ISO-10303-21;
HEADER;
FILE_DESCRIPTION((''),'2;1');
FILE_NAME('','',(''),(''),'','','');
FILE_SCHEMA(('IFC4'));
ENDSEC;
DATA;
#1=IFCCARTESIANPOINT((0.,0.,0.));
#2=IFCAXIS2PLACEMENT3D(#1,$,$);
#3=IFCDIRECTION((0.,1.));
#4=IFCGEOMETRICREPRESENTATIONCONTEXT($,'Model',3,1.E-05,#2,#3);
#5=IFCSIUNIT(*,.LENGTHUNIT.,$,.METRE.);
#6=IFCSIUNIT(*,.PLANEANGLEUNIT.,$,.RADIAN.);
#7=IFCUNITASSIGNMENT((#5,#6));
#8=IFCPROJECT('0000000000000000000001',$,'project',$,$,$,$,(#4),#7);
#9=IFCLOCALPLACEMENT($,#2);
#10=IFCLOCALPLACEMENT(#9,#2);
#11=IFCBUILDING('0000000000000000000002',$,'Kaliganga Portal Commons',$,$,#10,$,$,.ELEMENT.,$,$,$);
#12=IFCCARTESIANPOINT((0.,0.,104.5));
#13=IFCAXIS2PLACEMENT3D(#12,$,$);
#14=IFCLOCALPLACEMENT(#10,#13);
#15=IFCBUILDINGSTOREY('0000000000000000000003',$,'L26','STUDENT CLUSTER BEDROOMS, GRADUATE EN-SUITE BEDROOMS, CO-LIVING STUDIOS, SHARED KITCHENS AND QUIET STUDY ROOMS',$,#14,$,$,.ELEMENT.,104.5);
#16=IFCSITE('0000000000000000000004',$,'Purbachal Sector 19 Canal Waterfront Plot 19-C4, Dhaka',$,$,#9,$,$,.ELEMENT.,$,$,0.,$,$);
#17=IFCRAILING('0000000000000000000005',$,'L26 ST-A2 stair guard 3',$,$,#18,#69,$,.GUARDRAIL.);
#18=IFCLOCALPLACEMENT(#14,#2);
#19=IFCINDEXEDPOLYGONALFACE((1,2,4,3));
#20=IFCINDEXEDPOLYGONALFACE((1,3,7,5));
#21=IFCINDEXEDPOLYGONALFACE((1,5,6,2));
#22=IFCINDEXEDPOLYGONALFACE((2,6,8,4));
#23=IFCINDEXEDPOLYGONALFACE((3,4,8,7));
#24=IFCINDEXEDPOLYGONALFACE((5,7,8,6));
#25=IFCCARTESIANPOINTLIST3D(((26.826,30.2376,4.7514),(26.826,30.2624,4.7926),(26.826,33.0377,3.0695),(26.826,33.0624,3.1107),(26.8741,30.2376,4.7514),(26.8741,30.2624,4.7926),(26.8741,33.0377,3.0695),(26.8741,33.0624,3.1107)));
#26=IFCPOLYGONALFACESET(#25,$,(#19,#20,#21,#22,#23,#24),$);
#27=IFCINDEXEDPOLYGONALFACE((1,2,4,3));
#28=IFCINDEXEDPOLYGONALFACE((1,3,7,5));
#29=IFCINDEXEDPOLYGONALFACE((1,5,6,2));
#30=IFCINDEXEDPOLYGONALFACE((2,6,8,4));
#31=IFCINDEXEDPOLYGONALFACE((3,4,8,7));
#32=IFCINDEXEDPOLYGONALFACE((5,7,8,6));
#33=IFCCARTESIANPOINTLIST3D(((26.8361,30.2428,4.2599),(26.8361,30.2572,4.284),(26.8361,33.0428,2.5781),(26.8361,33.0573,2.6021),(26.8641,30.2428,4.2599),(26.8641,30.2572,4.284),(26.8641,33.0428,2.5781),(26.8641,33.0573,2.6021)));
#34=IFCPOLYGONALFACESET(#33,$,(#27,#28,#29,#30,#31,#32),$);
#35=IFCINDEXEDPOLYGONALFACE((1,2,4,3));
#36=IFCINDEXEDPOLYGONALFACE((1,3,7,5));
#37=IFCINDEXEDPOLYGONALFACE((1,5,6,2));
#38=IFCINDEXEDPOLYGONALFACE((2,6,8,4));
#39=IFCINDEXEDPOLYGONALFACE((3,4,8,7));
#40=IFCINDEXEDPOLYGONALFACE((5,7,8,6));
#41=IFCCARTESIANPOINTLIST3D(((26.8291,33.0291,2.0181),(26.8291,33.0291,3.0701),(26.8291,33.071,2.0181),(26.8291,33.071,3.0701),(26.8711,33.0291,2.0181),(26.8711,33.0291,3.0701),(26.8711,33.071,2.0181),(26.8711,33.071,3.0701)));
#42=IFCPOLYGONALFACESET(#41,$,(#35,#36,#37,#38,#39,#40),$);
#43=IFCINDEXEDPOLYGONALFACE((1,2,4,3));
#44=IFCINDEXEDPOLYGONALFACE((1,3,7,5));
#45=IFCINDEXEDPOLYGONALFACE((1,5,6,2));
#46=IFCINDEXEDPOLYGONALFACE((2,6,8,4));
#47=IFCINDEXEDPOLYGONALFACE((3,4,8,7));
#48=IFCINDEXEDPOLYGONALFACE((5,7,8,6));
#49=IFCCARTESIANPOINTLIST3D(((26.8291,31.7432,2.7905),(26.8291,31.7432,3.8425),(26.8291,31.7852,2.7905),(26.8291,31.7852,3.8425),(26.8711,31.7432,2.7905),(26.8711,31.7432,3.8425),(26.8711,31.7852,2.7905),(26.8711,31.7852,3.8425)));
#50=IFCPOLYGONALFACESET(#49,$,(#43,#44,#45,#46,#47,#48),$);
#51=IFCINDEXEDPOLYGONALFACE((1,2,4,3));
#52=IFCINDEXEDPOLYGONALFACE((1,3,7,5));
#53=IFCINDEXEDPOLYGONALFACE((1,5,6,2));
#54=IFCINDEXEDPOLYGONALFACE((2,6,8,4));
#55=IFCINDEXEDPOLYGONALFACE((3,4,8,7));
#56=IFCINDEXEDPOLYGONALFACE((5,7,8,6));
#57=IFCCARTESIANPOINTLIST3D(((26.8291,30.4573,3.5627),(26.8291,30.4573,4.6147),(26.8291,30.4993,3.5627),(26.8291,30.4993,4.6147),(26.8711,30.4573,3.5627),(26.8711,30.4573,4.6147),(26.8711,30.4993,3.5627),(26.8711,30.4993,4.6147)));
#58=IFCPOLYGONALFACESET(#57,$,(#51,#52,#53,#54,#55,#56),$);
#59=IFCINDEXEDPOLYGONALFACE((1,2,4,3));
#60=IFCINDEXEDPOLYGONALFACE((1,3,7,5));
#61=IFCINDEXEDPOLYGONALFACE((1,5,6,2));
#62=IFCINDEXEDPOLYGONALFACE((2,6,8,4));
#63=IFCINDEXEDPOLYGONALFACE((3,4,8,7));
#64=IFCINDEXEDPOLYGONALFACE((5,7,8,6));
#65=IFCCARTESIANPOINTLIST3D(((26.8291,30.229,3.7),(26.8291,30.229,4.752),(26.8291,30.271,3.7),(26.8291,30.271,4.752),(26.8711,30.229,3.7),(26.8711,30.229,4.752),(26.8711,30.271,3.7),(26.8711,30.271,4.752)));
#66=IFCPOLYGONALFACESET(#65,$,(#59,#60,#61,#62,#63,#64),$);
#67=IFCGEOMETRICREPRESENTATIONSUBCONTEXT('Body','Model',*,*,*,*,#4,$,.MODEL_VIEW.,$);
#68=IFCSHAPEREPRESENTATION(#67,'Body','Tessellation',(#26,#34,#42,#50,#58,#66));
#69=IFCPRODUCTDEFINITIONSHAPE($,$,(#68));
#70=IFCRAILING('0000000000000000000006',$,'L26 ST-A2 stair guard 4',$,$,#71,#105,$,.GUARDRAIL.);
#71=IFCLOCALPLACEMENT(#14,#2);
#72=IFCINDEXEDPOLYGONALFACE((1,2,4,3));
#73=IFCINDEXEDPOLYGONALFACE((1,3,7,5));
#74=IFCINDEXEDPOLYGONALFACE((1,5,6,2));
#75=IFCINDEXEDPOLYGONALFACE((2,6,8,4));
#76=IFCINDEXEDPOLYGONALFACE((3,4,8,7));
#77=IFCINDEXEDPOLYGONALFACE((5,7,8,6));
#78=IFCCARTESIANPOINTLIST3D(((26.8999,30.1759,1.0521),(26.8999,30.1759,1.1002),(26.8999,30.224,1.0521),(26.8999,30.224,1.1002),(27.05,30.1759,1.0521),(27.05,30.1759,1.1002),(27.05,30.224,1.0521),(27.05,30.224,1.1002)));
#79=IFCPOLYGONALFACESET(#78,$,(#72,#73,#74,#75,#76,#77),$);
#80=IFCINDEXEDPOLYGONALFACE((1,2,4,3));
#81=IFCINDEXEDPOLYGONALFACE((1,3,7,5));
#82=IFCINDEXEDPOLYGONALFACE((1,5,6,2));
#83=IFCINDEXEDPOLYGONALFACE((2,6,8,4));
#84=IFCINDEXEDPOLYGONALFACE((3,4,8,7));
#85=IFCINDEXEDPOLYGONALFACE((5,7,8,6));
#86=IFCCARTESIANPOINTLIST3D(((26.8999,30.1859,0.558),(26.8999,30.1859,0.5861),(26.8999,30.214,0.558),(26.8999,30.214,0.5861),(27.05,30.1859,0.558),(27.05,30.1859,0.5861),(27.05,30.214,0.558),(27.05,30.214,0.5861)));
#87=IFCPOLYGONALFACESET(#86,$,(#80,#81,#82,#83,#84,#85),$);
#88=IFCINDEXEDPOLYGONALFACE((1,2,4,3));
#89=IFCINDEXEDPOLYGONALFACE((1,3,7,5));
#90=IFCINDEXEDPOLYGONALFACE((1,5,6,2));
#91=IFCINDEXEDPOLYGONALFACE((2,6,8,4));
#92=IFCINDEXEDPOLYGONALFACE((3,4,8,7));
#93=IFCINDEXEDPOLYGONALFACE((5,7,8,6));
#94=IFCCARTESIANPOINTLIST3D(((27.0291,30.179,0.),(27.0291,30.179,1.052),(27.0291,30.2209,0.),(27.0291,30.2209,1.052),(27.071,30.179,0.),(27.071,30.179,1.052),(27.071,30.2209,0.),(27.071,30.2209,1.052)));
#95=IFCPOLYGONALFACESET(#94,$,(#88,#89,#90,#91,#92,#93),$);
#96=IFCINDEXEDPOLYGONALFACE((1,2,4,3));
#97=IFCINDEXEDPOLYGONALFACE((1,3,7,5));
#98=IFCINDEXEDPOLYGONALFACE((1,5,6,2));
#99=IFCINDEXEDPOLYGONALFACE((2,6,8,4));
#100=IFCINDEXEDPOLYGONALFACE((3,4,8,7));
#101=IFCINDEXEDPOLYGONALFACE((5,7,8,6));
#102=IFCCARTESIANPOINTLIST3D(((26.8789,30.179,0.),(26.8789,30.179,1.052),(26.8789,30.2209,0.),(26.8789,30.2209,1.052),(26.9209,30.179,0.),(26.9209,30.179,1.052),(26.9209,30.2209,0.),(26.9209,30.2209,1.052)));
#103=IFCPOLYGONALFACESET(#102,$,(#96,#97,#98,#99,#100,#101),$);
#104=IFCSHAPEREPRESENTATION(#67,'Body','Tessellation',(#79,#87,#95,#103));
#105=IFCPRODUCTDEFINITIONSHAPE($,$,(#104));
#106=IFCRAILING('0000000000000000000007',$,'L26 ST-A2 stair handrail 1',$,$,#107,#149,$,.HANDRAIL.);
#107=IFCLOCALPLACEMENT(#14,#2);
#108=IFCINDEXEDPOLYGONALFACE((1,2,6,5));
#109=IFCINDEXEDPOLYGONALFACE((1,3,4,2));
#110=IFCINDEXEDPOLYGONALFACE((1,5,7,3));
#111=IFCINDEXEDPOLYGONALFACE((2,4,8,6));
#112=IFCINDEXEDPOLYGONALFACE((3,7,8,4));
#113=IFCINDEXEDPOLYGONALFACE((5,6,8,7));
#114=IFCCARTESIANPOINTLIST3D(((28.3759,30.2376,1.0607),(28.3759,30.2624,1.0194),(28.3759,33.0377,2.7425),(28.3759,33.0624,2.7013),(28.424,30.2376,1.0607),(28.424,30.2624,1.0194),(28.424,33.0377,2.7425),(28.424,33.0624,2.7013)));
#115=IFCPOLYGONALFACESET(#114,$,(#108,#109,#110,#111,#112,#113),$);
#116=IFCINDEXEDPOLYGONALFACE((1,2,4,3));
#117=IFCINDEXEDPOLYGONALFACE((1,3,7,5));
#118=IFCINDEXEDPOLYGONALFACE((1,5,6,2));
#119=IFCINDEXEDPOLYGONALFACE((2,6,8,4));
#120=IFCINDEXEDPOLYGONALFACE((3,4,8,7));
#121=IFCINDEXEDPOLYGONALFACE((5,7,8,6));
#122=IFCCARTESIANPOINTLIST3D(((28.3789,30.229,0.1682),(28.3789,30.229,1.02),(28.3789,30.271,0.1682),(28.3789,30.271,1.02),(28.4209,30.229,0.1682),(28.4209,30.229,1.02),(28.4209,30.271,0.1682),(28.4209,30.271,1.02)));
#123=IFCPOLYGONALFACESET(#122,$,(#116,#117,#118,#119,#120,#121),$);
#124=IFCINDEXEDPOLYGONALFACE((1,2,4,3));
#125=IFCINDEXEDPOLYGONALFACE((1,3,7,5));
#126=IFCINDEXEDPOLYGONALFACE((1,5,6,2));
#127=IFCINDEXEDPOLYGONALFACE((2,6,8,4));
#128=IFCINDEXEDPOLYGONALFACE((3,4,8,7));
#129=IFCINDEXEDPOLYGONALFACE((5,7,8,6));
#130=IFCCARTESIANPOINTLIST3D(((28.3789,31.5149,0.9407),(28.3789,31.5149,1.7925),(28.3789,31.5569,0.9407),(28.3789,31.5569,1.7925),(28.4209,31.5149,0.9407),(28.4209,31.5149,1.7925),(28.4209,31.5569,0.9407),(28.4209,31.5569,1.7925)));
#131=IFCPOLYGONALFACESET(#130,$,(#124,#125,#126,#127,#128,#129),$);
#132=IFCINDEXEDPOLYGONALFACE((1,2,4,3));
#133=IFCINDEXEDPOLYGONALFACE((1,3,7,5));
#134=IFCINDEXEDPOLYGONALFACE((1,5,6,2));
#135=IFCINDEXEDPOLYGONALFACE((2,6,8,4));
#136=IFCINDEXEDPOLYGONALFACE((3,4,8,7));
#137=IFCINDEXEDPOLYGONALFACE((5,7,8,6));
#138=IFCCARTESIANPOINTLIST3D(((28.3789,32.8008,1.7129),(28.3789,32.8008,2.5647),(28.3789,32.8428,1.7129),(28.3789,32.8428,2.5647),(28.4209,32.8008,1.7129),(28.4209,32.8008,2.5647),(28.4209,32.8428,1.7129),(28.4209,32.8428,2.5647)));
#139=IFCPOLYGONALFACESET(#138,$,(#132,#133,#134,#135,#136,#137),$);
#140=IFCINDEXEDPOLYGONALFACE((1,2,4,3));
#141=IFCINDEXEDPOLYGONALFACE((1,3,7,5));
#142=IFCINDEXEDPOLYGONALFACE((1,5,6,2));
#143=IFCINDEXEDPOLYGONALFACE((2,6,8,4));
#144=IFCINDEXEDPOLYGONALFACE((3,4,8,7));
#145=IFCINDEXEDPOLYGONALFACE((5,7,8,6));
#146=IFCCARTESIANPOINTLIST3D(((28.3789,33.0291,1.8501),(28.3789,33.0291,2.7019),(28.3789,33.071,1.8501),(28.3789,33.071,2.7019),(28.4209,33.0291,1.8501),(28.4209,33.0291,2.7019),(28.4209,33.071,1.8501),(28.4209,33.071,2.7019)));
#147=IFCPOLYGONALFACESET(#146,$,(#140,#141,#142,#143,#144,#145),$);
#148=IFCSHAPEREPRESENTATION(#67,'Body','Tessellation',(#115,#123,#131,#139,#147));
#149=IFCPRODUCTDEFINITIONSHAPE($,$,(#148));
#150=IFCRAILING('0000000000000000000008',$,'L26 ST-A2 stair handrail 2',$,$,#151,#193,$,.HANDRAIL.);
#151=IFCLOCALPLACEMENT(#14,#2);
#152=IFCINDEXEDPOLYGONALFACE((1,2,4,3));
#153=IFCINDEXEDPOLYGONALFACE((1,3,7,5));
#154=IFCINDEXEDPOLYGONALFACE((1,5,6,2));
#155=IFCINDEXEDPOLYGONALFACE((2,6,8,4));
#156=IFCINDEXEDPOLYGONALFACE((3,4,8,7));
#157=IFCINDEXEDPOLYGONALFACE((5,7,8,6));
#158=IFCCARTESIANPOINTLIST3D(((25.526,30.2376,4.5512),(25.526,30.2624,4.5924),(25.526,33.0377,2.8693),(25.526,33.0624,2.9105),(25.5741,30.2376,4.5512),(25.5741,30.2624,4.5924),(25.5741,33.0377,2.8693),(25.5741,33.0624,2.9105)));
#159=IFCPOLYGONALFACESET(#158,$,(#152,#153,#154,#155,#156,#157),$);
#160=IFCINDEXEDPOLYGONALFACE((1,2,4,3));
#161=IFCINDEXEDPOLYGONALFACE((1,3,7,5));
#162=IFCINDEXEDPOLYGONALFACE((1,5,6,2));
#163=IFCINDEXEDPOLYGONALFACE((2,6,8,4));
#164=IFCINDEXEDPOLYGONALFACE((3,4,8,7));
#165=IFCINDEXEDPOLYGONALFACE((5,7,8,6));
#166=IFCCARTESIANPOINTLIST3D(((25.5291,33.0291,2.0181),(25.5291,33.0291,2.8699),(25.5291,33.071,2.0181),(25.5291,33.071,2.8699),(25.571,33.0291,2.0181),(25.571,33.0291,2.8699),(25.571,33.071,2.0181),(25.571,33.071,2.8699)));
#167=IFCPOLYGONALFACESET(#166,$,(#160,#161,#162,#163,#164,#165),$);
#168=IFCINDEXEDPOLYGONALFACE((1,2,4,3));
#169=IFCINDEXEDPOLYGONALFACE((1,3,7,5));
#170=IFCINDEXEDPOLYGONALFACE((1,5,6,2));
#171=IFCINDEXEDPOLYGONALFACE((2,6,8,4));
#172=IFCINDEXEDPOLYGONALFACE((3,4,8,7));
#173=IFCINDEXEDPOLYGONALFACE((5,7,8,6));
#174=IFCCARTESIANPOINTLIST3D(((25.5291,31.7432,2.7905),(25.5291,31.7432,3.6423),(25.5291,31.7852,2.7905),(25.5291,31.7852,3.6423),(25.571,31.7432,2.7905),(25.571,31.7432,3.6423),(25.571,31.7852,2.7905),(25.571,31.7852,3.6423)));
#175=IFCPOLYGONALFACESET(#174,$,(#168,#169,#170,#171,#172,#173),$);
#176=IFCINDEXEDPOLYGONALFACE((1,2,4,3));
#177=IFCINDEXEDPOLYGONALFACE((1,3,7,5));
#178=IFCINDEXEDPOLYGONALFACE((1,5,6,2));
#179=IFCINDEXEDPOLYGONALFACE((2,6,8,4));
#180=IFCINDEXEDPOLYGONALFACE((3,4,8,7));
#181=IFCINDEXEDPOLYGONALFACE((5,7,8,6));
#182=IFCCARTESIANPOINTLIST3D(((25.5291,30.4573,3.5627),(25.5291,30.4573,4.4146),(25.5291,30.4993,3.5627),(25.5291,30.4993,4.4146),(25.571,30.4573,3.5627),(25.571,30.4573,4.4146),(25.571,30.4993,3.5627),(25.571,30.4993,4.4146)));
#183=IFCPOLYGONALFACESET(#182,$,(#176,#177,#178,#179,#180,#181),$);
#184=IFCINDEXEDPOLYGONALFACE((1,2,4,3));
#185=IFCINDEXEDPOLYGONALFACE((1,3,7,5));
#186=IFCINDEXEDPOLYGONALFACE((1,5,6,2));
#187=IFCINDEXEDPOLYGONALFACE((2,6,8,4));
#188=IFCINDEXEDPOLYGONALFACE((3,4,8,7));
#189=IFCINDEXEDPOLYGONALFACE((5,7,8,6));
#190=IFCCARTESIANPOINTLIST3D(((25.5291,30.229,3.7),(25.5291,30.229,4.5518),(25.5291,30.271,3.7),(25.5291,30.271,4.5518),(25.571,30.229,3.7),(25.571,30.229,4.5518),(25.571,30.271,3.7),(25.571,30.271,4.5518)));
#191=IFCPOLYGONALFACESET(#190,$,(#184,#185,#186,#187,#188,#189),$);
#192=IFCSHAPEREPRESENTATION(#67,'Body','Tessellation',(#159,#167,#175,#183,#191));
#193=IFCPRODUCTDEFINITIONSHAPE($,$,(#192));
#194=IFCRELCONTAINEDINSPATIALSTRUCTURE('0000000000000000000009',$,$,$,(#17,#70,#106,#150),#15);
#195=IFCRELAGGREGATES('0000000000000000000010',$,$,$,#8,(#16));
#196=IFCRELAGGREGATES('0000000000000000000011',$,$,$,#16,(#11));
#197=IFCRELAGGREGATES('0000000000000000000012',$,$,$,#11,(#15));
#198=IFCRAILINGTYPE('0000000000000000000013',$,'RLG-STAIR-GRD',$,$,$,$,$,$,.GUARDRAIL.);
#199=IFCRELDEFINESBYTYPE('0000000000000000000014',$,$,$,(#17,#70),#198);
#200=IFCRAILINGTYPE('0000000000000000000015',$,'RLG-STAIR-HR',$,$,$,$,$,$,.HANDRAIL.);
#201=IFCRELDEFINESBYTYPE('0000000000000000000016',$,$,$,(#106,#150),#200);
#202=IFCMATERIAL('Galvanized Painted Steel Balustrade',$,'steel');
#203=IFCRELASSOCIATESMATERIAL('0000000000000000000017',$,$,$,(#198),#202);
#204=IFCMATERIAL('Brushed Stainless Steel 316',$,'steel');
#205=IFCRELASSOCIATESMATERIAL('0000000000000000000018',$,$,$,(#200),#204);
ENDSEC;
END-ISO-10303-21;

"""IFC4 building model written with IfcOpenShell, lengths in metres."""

from ifc_helpers import new_model, si_unit, direction, frame, origin, origin_2d, place, context, subcontext, project, spatial, rectangle, extrude, material, type_object, element, save


model = new_model("IFC4")

# Units and contexts
model_context = context("Model", 3, precision=1e-05, world=origin(), true_north=direction((0.0, 1.0)))
body_context = subcontext(model_context, "Body", "Model", "MODEL_VIEW")
ifc_project = project(units=[si_unit("LENGTHUNIT", "METRE"), si_unit("PLANEANGLEUNIT", "RADIAN")], contexts=[model_context])

# Site, building, storey
site_placement = place(None, origin())
site = spatial("IfcSite", under=ifc_project, at=site_placement, Name="Purbachal Sector 19 Canal Waterfront Plot 19-C4, Dhaka", CompositionType="ELEMENT", RefElevation=0.0)
building_placement = place(site_placement, origin())
building = spatial("IfcBuilding", under=site, at=building_placement, Name="Kaliganga Portal Commons", CompositionType="ELEMENT")
storey_placement = place(building_placement, frame((0.0, 0.0, 104.5)))
storey = spatial("IfcBuildingStorey", under=building, at=storey_placement, Name="L26", Description="STUDENT CLUSTER BEDROOMS, GRADUATE EN-SUITE BEDROOMS, CO-LIVING STUDIOS, SHARED KITCHENS AND QUIET STUDY ROOMS", CompositionType="ELEMENT", Elevation=104.5)

# Railings
ifc_material_1 = material(Name="Galvanized Painted Steel Balustrade", Category="steel")
railing_type_1 = type_object("IfcRailingType", Name="RLG-STAIR-GRD", PredefinedType="GUARDRAIL", material=ifc_material_1)
railing_1_placement = place(storey_placement, frame((26.8501, 33.05, 2.0181)))
element("IfcRailing", 1, at=railing_1_placement, inside=storey, type_object=railing_type_1, Name="L26 ST-A2 stair guard 3", PredefinedType="GUARDRAIL", context=body_context, shape_type="SweptSolid", body=[
    extrude(rectangle(XDim=0.0481, YDim=0.0481, at=origin_2d()), frame((0.0, 0.0, 1.072), z_axis=(0.0, -0.857242, 0.514913), x_axis=(1.0, 0.0, 0.0)), (0.0, 0.0, 1.0), 3.2664),
    extrude(rectangle(XDim=0.0281, YDim=0.0281, at=origin_2d()), frame((0.0, 0.0, 0.572), z_axis=(0.0, -0.857242, 0.514913), x_axis=(1.0, 0.0, 0.0)), (0.0, 0.0, 1.0), 3.2664),
    extrude(rectangle(XDim=0.042, YDim=0.042, at=origin_2d()), origin(), (0.0, 0.0, 1.0), 1.052),
    extrude(rectangle(XDim=0.042, YDim=0.042, at=origin_2d()), frame((0.0, -1.2859, 0.7725)), (0.0, 0.0, 1.0), 1.052),
    extrude(rectangle(XDim=0.042, YDim=0.042, at=origin_2d()), frame((0.0, -2.5718, 1.5447)), (0.0, 0.0, 1.0), 1.052),
    extrude(rectangle(XDim=0.042, YDim=0.042, at=origin_2d()), frame((0.0, -2.8, 1.6819)), (0.0, 0.0, 1.0), 1.052),
])
railing_2_placement = place(storey_placement, frame((27.05, 30.2, 0.0)))
element("IfcRailing", 2, at=railing_2_placement, inside=storey, type_object=railing_type_1, Name="L26 ST-A2 stair guard 4", PredefinedType="GUARDRAIL", context=body_context, shape_type="SweptSolid", body=[
    extrude(rectangle(XDim=0.0481, YDim=0.0481, at=origin_2d()), frame((0.0, 0.0, 1.0762), z_axis=(-1.0, 0.0, 0.0), x_axis=(0.0, -1.0, 0.0)), (0.0, 0.0, 1.0), 0.1501),
    extrude(rectangle(XDim=0.0281, YDim=0.0281, at=origin_2d()), frame((0.0, 0.0, 0.572), z_axis=(-1.0, 0.0, 0.0), x_axis=(0.0, -1.0, 0.0)), (0.0, 0.0, 1.0), 0.1501),
    extrude(rectangle(XDim=0.042, YDim=0.042, at=origin_2d()), origin(), (0.0, 0.0, 1.0), 1.052),
    extrude(rectangle(XDim=0.042, YDim=0.042, at=origin_2d()), frame((-0.1501, 0.0, 0.0)), (0.0, 0.0, 1.0), 1.052),
])
ifc_material_2 = material(Name="Brushed Stainless Steel 316", Category="steel")
railing_type_2 = type_object("IfcRailingType", Name="RLG-STAIR-HR", PredefinedType="HANDRAIL", material=ifc_material_2)
railing_3_placement = place(storey_placement, frame((28.3999, 30.25, 0.1682)))
element("IfcRailing", 3, at=railing_3_placement, inside=storey, type_object=railing_type_2, Name="L26 ST-A2 stair handrail 1", PredefinedType="HANDRAIL", context=body_context, shape_type="SweptSolid", body=[
    extrude(rectangle(XDim=0.0481, YDim=0.0481, at=origin_2d()), frame((0.0, 0.0, 0.8718), z_axis=(0.0, 0.857242, 0.514913), x_axis=(-1.0, 0.0, 0.0)), (0.0, 0.0, 1.0), 3.2664),
    extrude(rectangle(XDim=0.042, YDim=0.042, at=origin_2d()), origin(), (0.0, 0.0, 1.0), 0.8518),
    extrude(rectangle(XDim=0.042, YDim=0.042, at=origin_2d()), frame((0.0, 1.2859, 0.7725)), (0.0, 0.0, 1.0), 0.8518),
    extrude(rectangle(XDim=0.042, YDim=0.042, at=origin_2d()), frame((0.0, 2.5718, 1.5447)), (0.0, 0.0, 1.0), 0.8518),
    extrude(rectangle(XDim=0.042, YDim=0.042, at=origin_2d()), frame((0.0, 2.8, 1.6819)), (0.0, 0.0, 1.0), 0.8518),
])
railing_4_placement = place(storey_placement, frame((25.55, 33.05, 2.0181)))
element("IfcRailing", 4, at=railing_4_placement, inside=storey, type_object=railing_type_2, Name="L26 ST-A2 stair handrail 2", PredefinedType="HANDRAIL", context=body_context, shape_type="SweptSolid", body=[
    extrude(rectangle(XDim=0.0481, YDim=0.0481, at=origin_2d()), frame((0.0, 0.0, 0.8718), z_axis=(0.0, -0.857242, 0.514913), x_axis=(1.0, 0.0, 0.0)), (0.0, 0.0, 1.0), 3.2664),
    extrude(rectangle(XDim=0.042, YDim=0.042, at=origin_2d()), origin(), (0.0, 0.0, 1.0), 0.8518),
    extrude(rectangle(XDim=0.042, YDim=0.042, at=origin_2d()), frame((0.0, -1.2859, 0.7725)), (0.0, 0.0, 1.0), 0.8518),
    extrude(rectangle(XDim=0.042, YDim=0.042, at=origin_2d()), frame((0.0, -2.5718, 1.5447)), (0.0, 0.0, 1.0), 0.8518),
    extrude(rectangle(XDim=0.042, YDim=0.042, at=origin_2d()), frame((0.0, -2.8, 1.6819)), (0.0, 0.0, 1.0), 0.8518),
])

save(model, "model.ifc")
